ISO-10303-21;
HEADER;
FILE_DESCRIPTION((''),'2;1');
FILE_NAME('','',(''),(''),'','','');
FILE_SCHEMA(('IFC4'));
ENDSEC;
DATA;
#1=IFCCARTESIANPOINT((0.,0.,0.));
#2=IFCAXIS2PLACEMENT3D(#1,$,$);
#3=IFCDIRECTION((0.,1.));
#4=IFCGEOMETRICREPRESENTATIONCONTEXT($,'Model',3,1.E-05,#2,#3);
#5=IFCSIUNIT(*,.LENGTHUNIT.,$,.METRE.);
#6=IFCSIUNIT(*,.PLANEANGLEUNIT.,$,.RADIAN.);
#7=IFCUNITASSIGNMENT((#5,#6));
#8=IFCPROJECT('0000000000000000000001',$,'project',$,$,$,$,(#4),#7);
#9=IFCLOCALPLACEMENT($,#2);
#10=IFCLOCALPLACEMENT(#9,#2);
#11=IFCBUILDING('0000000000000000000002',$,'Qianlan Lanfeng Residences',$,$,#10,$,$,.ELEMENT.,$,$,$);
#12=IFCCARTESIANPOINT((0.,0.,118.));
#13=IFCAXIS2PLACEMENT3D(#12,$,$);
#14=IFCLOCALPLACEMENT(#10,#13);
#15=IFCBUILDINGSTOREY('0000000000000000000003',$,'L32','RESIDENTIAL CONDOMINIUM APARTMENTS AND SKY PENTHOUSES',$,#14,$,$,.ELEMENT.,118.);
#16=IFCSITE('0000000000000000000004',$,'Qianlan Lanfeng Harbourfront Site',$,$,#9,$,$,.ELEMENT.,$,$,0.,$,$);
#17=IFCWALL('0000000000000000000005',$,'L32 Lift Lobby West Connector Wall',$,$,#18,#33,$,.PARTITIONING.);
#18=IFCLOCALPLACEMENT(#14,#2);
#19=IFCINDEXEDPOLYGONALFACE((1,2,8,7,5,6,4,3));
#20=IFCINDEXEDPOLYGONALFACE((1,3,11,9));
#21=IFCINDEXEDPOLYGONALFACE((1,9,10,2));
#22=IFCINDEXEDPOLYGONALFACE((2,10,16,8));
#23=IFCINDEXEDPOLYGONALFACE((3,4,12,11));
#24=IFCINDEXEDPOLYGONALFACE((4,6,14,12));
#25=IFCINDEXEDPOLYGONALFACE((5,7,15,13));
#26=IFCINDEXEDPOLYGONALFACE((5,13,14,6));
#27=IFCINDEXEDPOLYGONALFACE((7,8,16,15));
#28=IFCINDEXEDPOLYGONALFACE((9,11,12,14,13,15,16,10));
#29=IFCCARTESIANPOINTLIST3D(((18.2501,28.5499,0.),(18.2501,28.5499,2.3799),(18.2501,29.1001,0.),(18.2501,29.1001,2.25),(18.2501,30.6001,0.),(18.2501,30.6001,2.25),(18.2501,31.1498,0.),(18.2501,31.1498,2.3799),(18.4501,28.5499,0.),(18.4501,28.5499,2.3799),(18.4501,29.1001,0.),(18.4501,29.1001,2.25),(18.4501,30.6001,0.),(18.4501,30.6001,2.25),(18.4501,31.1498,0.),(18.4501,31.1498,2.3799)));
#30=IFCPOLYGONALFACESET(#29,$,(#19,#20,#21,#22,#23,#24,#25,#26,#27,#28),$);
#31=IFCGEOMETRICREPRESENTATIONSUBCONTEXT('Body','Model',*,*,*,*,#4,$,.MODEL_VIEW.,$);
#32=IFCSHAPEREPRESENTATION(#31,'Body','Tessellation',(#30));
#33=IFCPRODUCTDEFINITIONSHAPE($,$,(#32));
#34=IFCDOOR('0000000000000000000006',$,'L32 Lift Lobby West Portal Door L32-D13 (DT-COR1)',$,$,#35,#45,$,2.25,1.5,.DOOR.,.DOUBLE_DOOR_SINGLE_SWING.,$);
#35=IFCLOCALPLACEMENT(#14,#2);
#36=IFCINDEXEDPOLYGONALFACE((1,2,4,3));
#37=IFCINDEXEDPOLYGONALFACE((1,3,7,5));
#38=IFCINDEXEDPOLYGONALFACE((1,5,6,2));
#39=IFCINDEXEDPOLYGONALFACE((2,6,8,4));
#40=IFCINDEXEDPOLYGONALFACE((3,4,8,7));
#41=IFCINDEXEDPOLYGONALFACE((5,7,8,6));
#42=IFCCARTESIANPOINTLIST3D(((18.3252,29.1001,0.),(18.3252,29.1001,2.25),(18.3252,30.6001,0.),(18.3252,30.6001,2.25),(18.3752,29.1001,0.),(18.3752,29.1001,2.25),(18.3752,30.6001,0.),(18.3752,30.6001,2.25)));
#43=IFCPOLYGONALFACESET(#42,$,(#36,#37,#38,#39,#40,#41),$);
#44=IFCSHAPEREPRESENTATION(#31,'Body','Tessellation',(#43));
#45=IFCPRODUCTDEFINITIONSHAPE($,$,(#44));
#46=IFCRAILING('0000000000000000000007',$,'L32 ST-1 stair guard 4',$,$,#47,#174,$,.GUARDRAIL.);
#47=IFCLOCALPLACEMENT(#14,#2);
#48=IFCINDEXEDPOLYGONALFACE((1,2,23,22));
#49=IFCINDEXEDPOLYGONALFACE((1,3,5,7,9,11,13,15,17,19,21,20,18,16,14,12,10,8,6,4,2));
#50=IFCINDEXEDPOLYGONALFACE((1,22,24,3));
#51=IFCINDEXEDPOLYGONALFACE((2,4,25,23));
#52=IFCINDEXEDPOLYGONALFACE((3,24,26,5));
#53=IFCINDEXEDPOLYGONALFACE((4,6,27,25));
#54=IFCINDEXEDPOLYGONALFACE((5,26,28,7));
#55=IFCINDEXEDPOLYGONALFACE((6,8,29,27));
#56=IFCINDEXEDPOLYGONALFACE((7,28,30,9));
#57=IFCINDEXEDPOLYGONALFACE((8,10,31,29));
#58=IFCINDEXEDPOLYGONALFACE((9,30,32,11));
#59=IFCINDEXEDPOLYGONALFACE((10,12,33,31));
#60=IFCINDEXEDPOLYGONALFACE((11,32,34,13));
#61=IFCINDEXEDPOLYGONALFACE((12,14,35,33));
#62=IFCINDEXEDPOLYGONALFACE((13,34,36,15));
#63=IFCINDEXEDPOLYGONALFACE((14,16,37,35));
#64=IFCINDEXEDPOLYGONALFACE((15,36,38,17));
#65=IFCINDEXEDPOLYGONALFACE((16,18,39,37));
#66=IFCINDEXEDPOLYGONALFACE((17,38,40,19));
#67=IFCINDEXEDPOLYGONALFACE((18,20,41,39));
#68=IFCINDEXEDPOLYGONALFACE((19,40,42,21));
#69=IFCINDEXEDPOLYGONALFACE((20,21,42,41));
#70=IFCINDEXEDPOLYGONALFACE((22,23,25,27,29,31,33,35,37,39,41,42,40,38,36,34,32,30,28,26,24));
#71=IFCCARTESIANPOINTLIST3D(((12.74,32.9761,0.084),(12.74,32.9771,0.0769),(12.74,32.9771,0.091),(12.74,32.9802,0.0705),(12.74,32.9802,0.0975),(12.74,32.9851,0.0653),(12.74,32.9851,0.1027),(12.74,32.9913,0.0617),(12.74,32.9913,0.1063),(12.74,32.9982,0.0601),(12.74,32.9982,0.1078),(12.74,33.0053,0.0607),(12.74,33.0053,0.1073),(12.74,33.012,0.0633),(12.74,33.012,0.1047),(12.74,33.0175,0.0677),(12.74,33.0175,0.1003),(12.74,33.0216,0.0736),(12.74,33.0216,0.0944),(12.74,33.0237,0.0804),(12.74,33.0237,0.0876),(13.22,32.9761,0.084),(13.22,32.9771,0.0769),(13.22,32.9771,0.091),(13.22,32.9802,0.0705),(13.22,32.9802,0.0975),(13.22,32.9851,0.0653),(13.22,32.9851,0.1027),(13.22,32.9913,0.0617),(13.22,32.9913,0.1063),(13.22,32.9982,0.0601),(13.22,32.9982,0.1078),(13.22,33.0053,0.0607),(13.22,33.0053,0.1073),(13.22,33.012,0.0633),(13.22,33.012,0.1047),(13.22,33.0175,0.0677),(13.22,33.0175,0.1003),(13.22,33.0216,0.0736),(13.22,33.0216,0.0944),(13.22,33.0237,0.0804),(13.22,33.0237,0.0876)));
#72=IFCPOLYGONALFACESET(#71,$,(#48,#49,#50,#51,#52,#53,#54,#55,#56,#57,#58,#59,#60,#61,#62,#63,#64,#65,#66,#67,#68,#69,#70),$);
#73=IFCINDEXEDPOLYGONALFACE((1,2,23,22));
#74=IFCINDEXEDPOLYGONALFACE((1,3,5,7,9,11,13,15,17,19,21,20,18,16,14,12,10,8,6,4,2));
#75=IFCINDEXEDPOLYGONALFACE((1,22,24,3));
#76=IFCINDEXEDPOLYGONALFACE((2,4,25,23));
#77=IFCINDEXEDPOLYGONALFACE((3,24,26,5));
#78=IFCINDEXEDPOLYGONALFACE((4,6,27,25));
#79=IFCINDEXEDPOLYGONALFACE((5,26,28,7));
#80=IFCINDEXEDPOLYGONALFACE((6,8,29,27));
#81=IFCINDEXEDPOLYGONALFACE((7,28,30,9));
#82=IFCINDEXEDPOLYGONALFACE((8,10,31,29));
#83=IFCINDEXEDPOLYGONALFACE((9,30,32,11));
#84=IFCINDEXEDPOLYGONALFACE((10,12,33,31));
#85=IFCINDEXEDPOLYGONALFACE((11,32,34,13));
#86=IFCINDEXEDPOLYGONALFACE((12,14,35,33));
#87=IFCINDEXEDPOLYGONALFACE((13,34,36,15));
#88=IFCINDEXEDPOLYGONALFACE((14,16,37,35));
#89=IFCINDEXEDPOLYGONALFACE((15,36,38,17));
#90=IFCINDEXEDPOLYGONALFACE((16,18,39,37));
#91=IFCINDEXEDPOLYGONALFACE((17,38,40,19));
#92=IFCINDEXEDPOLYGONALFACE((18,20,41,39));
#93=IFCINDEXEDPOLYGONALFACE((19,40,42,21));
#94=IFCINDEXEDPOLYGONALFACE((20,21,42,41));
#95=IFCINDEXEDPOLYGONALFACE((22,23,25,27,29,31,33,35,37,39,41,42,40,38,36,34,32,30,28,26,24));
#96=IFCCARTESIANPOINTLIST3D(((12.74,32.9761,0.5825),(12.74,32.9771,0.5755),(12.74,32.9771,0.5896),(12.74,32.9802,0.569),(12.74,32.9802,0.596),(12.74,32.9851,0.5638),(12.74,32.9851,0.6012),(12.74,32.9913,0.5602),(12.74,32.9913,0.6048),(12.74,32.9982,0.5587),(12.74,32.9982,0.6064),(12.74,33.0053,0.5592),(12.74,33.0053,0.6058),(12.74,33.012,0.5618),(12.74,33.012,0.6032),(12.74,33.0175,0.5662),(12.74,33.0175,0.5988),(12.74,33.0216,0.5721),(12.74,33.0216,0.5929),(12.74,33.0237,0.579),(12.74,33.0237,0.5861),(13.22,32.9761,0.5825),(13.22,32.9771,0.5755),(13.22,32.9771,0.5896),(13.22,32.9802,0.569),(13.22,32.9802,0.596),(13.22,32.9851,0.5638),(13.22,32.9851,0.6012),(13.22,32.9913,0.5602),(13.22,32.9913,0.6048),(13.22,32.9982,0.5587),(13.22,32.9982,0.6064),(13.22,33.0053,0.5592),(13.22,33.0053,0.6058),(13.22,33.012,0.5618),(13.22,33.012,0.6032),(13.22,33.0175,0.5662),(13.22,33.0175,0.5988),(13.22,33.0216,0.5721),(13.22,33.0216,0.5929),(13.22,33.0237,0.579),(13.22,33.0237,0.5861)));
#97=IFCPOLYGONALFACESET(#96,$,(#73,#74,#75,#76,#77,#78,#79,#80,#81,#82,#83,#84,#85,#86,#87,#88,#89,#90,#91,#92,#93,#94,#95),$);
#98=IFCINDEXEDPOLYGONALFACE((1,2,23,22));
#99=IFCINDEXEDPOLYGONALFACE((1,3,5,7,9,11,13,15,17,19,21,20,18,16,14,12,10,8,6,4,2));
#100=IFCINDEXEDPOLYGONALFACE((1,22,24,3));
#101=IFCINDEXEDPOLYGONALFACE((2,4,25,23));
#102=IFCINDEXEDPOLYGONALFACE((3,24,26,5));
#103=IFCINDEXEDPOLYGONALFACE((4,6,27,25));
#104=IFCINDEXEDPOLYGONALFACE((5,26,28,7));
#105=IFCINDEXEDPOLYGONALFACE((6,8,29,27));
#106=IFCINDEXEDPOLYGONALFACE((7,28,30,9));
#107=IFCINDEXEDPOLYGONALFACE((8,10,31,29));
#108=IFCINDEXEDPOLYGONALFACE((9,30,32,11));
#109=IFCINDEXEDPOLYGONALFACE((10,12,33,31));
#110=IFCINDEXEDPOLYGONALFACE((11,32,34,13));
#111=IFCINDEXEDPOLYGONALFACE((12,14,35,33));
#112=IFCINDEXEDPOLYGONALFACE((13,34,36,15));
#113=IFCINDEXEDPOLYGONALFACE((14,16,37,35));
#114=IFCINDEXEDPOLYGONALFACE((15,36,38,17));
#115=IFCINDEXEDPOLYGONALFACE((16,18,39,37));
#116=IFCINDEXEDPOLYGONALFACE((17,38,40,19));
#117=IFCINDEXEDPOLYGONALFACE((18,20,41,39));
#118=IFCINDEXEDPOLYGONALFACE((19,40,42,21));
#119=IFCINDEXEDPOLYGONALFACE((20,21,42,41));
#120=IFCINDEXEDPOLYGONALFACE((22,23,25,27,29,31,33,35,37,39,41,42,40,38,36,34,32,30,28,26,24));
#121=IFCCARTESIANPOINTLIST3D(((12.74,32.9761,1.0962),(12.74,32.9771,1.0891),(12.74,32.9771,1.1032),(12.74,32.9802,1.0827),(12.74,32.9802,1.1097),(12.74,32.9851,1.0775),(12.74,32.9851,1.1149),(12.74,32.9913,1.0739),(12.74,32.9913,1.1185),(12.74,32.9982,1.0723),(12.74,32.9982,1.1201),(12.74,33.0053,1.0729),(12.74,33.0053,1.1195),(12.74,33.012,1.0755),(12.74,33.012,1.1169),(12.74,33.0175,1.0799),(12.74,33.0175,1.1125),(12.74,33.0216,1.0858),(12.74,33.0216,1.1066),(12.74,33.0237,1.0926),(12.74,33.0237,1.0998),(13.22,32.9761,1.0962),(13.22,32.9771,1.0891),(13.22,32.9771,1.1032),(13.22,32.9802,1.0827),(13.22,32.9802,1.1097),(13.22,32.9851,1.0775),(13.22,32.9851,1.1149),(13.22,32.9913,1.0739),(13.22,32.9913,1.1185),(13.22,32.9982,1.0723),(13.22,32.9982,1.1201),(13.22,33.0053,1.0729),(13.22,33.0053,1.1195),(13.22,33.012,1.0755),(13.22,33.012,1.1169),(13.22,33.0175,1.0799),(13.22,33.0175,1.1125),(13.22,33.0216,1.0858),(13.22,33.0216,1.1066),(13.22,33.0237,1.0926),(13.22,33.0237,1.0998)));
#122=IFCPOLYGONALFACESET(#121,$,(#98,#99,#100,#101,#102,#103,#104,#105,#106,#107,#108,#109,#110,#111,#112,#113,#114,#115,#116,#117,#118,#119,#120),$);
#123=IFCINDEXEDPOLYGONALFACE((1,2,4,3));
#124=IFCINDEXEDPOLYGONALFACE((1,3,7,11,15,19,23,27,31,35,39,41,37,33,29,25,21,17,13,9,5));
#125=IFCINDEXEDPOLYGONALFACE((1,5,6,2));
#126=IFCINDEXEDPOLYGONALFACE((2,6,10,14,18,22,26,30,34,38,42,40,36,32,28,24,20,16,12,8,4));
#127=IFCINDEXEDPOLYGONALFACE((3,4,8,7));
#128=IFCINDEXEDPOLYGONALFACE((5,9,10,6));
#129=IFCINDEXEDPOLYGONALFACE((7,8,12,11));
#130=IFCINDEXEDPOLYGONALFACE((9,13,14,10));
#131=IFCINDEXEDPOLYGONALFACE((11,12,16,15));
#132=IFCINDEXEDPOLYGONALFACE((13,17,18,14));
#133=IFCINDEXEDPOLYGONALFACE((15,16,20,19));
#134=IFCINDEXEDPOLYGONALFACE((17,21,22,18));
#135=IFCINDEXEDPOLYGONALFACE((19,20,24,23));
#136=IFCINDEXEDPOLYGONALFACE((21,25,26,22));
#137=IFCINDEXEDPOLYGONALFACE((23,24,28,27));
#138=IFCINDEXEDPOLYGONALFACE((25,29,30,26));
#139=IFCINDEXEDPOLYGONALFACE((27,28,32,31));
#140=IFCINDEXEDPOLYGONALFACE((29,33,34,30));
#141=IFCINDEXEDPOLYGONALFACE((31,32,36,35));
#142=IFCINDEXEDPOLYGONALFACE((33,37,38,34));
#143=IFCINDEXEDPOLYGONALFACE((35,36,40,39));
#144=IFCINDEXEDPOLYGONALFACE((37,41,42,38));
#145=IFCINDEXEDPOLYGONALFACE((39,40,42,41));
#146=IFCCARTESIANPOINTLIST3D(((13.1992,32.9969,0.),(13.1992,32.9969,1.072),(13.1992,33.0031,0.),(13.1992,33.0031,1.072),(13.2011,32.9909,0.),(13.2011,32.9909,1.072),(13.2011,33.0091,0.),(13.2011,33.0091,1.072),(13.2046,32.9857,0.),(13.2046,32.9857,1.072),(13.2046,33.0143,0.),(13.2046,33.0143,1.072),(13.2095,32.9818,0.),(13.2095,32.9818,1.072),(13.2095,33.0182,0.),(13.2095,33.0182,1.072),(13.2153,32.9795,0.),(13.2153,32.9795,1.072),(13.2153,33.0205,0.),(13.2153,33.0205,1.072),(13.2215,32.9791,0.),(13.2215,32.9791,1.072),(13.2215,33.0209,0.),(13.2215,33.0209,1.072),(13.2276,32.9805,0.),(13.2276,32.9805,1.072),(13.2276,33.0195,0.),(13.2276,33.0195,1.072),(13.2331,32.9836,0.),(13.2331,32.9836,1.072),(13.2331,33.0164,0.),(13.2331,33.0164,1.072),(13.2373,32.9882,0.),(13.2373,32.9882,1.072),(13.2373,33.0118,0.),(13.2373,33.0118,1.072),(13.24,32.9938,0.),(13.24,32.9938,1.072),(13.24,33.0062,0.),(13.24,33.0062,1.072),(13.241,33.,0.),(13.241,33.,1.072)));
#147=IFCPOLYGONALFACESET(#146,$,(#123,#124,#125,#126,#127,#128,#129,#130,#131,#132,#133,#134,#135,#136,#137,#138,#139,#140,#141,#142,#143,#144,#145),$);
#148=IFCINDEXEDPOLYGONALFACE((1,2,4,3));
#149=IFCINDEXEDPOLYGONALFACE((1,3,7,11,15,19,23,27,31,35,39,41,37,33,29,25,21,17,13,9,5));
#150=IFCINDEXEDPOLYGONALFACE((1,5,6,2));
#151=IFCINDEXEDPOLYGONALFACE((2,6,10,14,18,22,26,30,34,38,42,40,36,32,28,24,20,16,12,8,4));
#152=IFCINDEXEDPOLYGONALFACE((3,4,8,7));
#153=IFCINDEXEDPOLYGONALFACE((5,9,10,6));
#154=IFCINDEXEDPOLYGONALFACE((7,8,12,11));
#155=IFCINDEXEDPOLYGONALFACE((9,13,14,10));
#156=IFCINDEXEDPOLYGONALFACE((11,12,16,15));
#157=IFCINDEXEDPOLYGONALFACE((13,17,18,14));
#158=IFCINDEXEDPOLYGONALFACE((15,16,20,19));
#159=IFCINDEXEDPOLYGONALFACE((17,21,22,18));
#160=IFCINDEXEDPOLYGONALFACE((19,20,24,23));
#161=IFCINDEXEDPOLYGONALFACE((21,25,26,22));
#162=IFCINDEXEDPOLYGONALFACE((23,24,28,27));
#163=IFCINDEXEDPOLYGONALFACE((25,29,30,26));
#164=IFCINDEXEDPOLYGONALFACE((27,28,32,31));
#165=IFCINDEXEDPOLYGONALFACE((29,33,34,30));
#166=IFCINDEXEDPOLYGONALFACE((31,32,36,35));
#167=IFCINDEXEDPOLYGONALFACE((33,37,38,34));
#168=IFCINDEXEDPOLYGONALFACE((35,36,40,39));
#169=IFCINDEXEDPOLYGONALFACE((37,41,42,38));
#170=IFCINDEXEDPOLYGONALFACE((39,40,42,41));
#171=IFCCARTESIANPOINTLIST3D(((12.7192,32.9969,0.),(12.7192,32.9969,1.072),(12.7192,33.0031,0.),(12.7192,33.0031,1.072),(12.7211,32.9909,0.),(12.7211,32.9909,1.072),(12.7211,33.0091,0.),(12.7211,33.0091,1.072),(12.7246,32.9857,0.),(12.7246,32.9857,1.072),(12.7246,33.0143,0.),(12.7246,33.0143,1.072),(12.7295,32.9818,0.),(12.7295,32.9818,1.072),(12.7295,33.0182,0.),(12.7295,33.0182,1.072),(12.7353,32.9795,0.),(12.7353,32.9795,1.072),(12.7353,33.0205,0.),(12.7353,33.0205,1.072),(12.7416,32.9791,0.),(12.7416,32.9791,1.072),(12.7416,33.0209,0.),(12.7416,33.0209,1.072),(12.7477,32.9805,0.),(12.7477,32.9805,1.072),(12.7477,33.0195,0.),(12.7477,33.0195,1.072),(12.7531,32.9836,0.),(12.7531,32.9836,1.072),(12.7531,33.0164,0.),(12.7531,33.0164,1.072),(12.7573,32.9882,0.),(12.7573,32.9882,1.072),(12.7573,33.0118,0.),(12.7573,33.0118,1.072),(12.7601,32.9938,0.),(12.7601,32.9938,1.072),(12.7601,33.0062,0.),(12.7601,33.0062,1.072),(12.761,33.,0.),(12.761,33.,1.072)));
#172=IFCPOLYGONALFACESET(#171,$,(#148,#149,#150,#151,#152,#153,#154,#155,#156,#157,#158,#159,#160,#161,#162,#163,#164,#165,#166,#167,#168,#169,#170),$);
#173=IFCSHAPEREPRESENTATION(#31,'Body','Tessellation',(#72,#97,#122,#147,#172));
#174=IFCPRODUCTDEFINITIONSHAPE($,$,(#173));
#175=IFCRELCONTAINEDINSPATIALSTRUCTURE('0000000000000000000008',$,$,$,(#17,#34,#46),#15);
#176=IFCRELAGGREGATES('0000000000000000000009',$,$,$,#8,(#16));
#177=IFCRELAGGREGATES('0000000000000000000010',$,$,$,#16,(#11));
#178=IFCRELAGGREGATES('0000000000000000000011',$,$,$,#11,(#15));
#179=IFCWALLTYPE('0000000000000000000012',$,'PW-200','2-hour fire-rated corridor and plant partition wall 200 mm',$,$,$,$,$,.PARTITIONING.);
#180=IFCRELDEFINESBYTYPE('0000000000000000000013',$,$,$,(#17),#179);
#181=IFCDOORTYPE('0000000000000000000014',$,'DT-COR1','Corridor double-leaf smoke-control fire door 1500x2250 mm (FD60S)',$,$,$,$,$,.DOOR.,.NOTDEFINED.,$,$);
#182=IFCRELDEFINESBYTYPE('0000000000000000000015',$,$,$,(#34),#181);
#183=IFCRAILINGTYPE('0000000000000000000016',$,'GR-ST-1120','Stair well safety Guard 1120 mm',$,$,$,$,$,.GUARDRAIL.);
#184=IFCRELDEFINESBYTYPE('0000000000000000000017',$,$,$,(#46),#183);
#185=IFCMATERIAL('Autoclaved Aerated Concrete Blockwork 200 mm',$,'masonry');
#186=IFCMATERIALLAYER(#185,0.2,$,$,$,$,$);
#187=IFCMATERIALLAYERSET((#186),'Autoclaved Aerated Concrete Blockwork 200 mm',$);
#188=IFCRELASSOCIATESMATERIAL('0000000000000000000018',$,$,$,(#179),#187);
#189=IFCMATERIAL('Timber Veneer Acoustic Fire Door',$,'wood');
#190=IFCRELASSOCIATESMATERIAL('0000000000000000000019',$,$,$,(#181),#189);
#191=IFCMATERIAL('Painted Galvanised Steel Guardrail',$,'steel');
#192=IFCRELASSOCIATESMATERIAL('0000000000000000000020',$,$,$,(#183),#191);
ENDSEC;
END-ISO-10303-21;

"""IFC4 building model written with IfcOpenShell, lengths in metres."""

from ifc_helpers import new_model, si_unit, direction, frame, frame_2d, origin, origin_2d, place, context, subcontext, project, spatial, rectangle, circle, extrude, material, layer, layer_set, type_object, element, fill, save


model = new_model("IFC4")

# Units and contexts
model_context = context("Model", 3, precision=1e-05, world=origin(), true_north=direction((0.0, 1.0)))
body_context = subcontext(model_context, "Body", "Model", "MODEL_VIEW")
ifc_project = project(units=[si_unit("LENGTHUNIT", "METRE"), si_unit("PLANEANGLEUNIT", "RADIAN")], contexts=[model_context])

# Site, building, storey
site_placement = place(None, origin())
site = spatial("IfcSite", under=ifc_project, at=site_placement, Name="Qianlan Lanfeng Harbourfront Site", CompositionType="ELEMENT", RefElevation=0.0)
building_placement = place(site_placement, origin())
building = spatial("IfcBuilding", under=site, at=building_placement, Name="Qianlan Lanfeng Residences", CompositionType="ELEMENT")
storey_placement = place(building_placement, frame((0.0, 0.0, 118.0)))
storey = spatial("IfcBuildingStorey", under=building, at=storey_placement, Name="L32", Description="RESIDENTIAL CONDOMINIUM APARTMENTS AND SKY PENTHOUSES", CompositionType="ELEMENT", Elevation=118.0)

# Wall, opening, door
ifc_material_1 = material(Name="Autoclaved Aerated Concrete Blockwork 200 mm", Category="masonry")
ifc_layer_1 = layer(ifc_material_1, 0.2)
ifc_layer_set_1 = layer_set([ifc_layer_1], Name="Autoclaved Aerated Concrete Blockwork 200 mm")
wall_type_1 = type_object("IfcWallType", Name="PW-200", Description="2-hour fire-rated corridor and plant partition wall 200 mm", PredefinedType="PARTITIONING", material=ifc_layer_set_1)
wall_1_placement = place(storey_placement, frame((18.3501, 28.55, 0.0), z_axis=(0.0, 0.0, 1.0), x_axis=(0.0, 1.0, 0.0)))
wall_1 = element("IfcWall", 1, at=wall_1_placement, inside=storey, type_object=wall_type_1, Name="L32 Lift Lobby West Connector Wall", PredefinedType="PARTITIONING", context=body_context, shape_type="SweptSolid", body=[
    extrude(rectangle(XDim=2.5999, YDim=0.2, at=frame_2d((1.2998, 0.0))), origin(), (0.0, 0.0, 1.0), 2.3799),
])
opening_1_placement = place(wall_1_placement, frame((0.55, 0.0, 0.0)))
opening_1 = element("IfcOpeningElement", 2, at=opening_1_placement, cuts=wall_1, PredefinedType="OPENING", context=body_context, shape_type="SweptSolid", body=[
    extrude(rectangle(XDim=1.5, YDim=2.25, at=frame_2d((0.75, 1.125))), frame((0.0, 0.1099, 0.0), z_axis=(0.0, -1.0, 0.0), x_axis=(1.0, 0.0, 0.0)), (0.0, 0.0, 1.0), 0.22),
])
ifc_material_2 = material(Name="Timber Veneer Acoustic Fire Door", Category="wood")
door_type_1 = type_object("IfcDoorType", Name="DT-COR1", Description="Corridor double-leaf smoke-control fire door 1500x2250 mm (FD60S)", OperationType="NOTDEFINED", PredefinedType="DOOR", material=ifc_material_2)
door_1_placement = place(opening_1_placement, origin())
door_1 = element("IfcDoor", 3, at=door_1_placement, inside=storey, type_object=door_type_1, Name="L32 Lift Lobby West Portal Door L32-D13 (DT-COR1)", OperationType="DOUBLE_DOOR_SINGLE_SWING", OverallHeight=2.25, OverallWidth=1.5, PredefinedType="DOOR", context=body_context, shape_type="SweptSolid", body=[
    extrude(rectangle(XDim=1.5, YDim=2.25, at=frame_2d((0.75, 1.125))), frame((0.0, 0.0249, 0.0), z_axis=(0.0, -1.0, 0.0), x_axis=(1.0, 0.0, 0.0)), (0.0, 0.0, 1.0), 0.05),
])
fill(opening_1, door_1)

# Railing
ifc_material_3 = material(Name="Painted Galvanised Steel Guardrail", Category="steel")
railing_type = type_object("IfcRailingType", Name="GR-ST-1120", Description="Stair well safety Guard 1120 mm", PredefinedType="GUARDRAIL", material=ifc_material_3)
railing_placement = place(storey_placement, frame((13.22, 33.0, 0.0)))
element("IfcRailing", 4, at=railing_placement, inside=storey, type_object=railing_type, Name="L32 ST-1 stair guard 4", PredefinedType="GUARDRAIL", context=body_context, shape_type="SweptSolid", body=[
    extrude(circle(Radius=0.0239, at=origin_2d()), frame((0.0, 0.0, 0.084), z_axis=(-1.0, 0.0, 0.0), x_axis=(0.0, -1.0, 0.0)), (0.0, 0.0, 1.0), 0.48),
    extrude(circle(Radius=0.0239, at=origin_2d()), frame((0.0, 0.0, 0.5825), z_axis=(-1.0, 0.0, 0.0), x_axis=(0.0, -1.0, 0.0)), (0.0, 0.0, 1.0), 0.48),
    extrude(circle(Radius=0.0239, at=origin_2d()), frame((0.0, 0.0, 1.0962), z_axis=(-1.0, 0.0, 0.0), x_axis=(0.0, -1.0, 0.0)), (0.0, 0.0, 1.0), 0.48),
    extrude(circle(Radius=0.021, at=origin_2d()), origin(), (0.0, 0.0, 1.0), 1.072),
    extrude(circle(Radius=0.021, at=origin_2d()), frame((-0.48, 0.0, 0.0)), (0.0, 0.0, 1.0), 1.072),
])

save(model, "model.ifc")
